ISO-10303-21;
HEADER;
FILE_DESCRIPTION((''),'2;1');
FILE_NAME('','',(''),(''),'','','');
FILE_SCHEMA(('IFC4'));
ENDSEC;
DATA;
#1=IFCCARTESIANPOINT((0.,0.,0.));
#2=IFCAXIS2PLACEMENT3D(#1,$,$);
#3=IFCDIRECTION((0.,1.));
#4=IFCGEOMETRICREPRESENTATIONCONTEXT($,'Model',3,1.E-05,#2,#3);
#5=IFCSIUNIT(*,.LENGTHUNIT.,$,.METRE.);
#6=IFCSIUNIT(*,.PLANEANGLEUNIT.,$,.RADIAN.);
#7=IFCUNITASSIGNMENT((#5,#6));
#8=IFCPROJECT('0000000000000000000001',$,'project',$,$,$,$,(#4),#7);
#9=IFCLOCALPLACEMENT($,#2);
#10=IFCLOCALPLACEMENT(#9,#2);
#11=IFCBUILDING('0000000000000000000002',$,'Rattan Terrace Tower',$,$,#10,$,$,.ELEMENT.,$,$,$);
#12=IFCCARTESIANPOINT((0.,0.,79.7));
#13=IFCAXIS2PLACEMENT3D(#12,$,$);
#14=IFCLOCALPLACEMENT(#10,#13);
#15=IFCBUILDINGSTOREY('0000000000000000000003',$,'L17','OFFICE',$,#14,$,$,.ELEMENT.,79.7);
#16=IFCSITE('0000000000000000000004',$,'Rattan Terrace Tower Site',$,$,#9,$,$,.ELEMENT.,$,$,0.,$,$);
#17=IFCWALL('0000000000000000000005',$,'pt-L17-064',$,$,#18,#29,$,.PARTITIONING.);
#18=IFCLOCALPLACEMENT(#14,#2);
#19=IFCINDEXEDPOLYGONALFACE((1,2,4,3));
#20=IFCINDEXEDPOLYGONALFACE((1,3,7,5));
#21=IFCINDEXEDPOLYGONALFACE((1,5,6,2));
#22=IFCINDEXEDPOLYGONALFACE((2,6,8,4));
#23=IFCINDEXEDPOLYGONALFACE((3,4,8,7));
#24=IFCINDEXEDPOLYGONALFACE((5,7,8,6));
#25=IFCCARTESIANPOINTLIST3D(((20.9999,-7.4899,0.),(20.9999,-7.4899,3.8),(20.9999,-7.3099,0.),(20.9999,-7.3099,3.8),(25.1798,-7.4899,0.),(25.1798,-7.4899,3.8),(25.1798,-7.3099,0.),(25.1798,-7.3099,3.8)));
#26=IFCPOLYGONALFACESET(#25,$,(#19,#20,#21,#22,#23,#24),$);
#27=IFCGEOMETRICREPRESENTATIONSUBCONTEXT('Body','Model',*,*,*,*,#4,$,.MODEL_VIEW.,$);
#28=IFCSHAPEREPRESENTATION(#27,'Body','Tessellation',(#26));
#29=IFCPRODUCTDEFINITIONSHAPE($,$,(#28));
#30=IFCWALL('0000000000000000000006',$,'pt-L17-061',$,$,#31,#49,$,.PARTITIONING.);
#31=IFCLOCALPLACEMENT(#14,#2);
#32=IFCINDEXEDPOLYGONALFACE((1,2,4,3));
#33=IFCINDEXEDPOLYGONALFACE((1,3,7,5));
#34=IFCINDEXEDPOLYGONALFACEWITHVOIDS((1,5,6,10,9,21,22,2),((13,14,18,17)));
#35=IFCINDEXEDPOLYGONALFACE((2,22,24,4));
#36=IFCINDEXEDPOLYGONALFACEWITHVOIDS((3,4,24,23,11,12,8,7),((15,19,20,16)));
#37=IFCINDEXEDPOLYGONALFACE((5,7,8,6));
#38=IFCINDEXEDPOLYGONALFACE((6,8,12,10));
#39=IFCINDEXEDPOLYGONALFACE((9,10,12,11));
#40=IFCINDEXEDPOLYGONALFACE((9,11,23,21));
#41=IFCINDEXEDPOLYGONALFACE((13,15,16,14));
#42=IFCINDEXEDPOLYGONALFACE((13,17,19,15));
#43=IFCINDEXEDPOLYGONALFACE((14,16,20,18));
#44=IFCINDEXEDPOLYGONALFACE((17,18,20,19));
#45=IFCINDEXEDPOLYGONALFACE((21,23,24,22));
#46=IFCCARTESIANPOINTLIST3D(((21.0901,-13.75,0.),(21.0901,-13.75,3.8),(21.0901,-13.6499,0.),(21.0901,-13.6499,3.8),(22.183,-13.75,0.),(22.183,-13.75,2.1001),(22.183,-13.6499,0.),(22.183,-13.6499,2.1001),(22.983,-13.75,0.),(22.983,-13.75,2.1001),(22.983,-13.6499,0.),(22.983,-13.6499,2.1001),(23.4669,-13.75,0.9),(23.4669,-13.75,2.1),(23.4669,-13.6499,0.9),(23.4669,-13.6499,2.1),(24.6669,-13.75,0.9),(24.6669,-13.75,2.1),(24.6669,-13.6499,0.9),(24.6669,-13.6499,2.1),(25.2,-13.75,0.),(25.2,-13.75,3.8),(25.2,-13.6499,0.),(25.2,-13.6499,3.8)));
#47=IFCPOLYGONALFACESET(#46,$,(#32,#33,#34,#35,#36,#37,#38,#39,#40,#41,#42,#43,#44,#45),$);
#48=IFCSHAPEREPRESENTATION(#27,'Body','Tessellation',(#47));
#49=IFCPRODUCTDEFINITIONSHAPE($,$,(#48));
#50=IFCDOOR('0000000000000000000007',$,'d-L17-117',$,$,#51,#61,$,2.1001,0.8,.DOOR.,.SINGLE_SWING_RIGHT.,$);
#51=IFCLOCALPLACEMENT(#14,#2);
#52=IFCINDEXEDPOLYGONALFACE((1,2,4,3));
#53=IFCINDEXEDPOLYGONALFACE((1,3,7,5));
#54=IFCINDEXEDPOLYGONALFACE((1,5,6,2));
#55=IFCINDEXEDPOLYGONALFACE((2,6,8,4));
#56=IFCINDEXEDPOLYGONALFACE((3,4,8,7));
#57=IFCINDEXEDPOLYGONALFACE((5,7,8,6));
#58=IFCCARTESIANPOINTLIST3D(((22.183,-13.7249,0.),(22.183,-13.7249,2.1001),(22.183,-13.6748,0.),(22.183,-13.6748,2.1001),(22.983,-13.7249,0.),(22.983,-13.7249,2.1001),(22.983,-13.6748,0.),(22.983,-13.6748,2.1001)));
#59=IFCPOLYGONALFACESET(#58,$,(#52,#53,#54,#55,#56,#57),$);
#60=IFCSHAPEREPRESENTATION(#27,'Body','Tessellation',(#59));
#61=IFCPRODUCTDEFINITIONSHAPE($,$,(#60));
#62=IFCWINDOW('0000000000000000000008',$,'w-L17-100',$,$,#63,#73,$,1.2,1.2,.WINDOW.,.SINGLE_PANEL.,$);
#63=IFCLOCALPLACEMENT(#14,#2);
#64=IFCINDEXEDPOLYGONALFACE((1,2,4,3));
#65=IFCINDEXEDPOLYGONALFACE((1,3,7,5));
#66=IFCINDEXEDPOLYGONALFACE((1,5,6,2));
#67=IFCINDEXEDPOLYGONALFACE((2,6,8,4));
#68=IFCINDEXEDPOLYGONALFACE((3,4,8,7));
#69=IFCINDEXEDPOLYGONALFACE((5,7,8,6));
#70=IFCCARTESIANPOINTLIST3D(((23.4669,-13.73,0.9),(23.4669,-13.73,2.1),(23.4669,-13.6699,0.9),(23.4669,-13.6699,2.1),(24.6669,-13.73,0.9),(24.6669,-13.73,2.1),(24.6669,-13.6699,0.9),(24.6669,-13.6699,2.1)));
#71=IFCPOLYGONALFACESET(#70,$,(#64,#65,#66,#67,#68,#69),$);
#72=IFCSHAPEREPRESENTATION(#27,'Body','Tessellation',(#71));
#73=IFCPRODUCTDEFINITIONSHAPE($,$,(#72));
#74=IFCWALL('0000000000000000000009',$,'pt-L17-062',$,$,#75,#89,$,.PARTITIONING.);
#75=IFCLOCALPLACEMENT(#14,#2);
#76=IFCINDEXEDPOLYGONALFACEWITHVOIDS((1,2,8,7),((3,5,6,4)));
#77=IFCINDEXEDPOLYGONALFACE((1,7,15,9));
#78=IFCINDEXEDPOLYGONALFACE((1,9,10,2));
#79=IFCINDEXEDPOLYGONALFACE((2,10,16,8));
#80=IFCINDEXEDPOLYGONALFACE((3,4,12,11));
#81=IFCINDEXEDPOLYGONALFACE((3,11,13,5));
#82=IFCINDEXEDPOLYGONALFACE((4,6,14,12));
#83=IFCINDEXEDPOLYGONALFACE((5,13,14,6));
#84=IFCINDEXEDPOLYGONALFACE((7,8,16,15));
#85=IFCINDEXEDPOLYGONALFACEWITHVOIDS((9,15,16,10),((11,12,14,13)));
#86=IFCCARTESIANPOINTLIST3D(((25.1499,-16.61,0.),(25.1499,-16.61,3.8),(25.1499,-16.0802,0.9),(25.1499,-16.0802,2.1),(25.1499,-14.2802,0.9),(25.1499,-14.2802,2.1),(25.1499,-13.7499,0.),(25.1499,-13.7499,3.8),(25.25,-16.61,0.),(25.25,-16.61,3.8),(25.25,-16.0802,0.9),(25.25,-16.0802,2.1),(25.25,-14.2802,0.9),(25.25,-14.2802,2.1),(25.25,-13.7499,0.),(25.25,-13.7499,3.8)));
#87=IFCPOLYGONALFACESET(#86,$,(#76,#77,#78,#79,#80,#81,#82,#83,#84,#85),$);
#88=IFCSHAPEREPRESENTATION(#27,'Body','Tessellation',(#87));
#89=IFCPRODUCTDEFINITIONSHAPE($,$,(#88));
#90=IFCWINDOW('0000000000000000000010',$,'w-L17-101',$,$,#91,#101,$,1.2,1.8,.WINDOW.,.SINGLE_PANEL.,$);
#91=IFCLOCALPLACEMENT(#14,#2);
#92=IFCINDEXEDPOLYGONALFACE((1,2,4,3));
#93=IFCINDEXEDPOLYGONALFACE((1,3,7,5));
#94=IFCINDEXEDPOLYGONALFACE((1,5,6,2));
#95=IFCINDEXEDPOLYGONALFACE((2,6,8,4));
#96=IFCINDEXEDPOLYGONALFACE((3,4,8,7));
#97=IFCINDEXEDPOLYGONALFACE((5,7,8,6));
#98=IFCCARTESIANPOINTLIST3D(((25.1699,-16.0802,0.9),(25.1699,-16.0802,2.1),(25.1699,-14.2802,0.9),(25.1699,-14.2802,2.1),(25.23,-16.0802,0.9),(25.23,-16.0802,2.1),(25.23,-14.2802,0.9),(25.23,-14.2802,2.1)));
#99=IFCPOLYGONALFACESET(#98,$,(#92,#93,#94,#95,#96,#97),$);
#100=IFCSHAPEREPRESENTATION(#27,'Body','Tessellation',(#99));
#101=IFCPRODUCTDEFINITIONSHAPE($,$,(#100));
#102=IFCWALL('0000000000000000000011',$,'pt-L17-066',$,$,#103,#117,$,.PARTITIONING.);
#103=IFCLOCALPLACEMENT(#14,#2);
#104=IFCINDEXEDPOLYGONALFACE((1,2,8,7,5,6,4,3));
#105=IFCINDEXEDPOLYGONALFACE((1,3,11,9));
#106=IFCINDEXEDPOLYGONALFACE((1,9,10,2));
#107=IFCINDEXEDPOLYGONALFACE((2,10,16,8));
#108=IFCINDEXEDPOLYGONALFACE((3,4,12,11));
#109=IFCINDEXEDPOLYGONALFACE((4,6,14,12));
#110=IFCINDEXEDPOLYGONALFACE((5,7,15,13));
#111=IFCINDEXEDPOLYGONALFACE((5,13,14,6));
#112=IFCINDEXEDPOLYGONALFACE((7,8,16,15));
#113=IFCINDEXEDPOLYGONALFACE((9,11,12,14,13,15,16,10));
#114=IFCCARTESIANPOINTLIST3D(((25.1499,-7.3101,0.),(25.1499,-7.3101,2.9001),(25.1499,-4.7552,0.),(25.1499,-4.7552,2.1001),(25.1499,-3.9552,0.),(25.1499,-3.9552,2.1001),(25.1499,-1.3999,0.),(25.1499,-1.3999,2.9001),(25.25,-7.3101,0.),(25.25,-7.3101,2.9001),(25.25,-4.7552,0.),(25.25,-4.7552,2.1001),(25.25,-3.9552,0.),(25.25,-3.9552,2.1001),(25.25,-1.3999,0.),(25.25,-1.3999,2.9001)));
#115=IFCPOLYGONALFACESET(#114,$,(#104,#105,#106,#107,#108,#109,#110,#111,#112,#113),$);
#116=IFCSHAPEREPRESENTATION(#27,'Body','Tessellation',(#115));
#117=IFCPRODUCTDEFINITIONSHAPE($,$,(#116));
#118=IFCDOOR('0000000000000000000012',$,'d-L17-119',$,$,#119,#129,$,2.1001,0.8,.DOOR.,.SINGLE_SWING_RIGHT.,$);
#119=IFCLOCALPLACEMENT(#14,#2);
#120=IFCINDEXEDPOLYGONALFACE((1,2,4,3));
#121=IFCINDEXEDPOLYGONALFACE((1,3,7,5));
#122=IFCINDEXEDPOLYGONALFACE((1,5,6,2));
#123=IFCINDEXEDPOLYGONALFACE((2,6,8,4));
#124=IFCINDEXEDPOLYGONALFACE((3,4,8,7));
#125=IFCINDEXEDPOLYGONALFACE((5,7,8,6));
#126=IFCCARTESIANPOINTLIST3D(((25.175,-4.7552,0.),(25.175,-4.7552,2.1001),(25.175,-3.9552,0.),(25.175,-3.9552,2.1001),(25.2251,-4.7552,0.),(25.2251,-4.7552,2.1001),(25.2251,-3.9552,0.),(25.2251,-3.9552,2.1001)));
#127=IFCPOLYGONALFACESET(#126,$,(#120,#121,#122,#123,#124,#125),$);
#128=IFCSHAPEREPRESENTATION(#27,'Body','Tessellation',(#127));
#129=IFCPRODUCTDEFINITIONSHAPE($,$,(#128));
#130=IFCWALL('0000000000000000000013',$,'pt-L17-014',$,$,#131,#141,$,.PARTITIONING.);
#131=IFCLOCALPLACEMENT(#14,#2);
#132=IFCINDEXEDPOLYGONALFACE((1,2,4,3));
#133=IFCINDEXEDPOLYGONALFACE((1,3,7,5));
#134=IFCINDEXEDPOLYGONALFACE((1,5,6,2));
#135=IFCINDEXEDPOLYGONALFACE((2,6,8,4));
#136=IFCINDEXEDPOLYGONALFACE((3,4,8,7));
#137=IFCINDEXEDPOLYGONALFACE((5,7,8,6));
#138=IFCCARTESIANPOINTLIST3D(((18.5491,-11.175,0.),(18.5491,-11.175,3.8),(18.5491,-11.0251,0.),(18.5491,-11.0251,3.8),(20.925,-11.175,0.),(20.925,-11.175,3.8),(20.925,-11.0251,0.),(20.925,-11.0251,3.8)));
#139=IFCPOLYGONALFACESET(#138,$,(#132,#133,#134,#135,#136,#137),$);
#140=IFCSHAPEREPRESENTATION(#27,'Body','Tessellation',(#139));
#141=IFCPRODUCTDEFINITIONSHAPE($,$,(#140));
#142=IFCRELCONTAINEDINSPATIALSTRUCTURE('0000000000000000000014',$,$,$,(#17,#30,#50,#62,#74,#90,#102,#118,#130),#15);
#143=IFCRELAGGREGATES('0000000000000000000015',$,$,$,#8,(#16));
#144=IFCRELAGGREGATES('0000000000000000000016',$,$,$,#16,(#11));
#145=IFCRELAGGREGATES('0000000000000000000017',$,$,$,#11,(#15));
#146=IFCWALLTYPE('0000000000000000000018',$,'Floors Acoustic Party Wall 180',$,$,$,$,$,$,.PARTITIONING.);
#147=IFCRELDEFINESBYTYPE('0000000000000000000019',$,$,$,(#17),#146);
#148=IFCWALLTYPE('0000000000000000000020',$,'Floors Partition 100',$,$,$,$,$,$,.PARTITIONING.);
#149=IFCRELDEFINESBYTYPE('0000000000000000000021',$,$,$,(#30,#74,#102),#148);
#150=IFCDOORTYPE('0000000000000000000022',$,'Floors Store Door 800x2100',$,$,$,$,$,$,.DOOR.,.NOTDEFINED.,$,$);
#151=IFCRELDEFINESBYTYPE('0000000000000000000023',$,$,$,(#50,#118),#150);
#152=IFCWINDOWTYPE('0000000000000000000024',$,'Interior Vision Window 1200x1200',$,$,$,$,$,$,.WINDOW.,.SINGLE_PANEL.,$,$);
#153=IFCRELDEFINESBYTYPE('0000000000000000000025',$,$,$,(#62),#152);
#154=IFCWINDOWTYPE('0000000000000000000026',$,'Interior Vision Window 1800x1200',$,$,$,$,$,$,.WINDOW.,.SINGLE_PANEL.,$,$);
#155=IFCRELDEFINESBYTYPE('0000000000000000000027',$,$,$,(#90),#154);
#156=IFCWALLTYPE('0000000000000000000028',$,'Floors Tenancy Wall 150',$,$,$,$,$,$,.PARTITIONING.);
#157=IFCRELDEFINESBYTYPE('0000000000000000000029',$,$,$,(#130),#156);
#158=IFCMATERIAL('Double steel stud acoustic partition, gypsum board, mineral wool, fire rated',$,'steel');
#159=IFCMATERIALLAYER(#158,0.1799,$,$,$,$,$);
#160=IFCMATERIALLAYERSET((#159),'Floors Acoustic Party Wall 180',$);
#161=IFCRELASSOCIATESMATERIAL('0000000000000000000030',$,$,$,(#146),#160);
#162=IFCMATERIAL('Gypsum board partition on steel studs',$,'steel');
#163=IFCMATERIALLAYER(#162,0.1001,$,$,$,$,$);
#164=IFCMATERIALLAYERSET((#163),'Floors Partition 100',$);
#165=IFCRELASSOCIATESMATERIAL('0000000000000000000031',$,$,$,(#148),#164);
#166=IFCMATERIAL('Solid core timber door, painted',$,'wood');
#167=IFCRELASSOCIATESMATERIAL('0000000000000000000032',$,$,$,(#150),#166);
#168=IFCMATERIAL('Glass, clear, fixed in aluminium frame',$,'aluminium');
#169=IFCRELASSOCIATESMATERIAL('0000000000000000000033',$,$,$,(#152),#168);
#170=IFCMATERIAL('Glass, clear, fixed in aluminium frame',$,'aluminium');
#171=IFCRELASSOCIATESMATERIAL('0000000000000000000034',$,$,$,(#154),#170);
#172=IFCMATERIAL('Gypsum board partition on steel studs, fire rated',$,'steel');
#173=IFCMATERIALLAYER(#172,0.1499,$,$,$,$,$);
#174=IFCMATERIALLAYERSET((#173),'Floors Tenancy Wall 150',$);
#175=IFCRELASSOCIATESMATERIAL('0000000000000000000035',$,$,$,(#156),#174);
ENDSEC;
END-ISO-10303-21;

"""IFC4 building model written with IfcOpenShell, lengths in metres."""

from ifc_helpers import new_model, si_unit, direction, frame, frame_2d, origin, place, context, subcontext, project, spatial, rectangle, extrude, material, layer, layer_set, type_object, element, fill, save


model = new_model("IFC4")

# Units and contexts
model_context = context("Model", 3, precision=1e-05, world=origin(), true_north=direction((0.0, 1.0)))
body_context = subcontext(model_context, "Body", "Model", "MODEL_VIEW")
ifc_project = project(units=[si_unit("LENGTHUNIT", "METRE"), si_unit("PLANEANGLEUNIT", "RADIAN")], contexts=[model_context])

# Site, building, storey
site_placement = place(None, origin())
site = spatial("IfcSite", under=ifc_project, at=site_placement, Name="Rattan Terrace Tower Site", CompositionType="ELEMENT", RefElevation=0.0)
building_placement = place(site_placement, origin())
building = spatial("IfcBuilding", under=site, at=building_placement, Name="Rattan Terrace Tower", CompositionType="ELEMENT")
storey_placement = place(building_placement, frame((0.0, 0.0, 79.7)))
storey = spatial("IfcBuildingStorey", under=building, at=storey_placement, Name="L17", Description="OFFICE", CompositionType="ELEMENT", Elevation=79.7)

# Wall
ifc_material_1 = material(Name="Double steel stud acoustic partition, gypsum board, mineral wool, fire rated", Category="steel")
ifc_layer_1 = layer(ifc_material_1, 0.1799)
ifc_layer_set_1 = layer_set([ifc_layer_1], Name="Floors Acoustic Party Wall 180")
wall_type_1 = type_object("IfcWallType", Name="Floors Acoustic Party Wall 180", PredefinedType="PARTITIONING", material=ifc_layer_set_1)
wall_1_placement = place(storey_placement, frame((21.0, -7.3999, 0.0), z_axis=(0.0, 0.0, 1.0), x_axis=(1.0, 0.0, 0.0)))
element("IfcWall", 1, at=wall_1_placement, inside=storey, type_object=wall_type_1, Name="pt-L17-064", PredefinedType="PARTITIONING", context=body_context, shape_type="SweptSolid", body=[
    extrude(rectangle(XDim=4.1799, YDim=0.1799, at=frame_2d((2.0898, 0.0))), origin(), (0.0, 0.0, 1.0), 3.8),
])

# Wall, openings, door, window
ifc_material_2 = material(Name="Gypsum board partition on steel studs", Category="steel")
ifc_layer_2 = layer(ifc_material_2, 0.1001)
ifc_layer_set_2 = layer_set([ifc_layer_2], Name="Floors Partition 100")
wall_type_2 = type_object("IfcWallType", Name="Floors Partition 100", PredefinedType="PARTITIONING", material=ifc_layer_set_2)
wall_2_placement = place(storey_placement, frame((25.2, -13.7, 0.0), z_axis=(0.0, 0.0, 1.0), x_axis=(-1.0, 0.0, 0.0)))
wall_2 = element("IfcWall", 2, at=wall_2_placement, inside=storey, type_object=wall_type_2, Name="pt-L17-061", PredefinedType="PARTITIONING", context=body_context, shape_type="SweptSolid", body=[
    extrude(rectangle(XDim=4.1099, YDim=0.1001, at=frame_2d((2.0549, 0.0))), origin(), (0.0, 0.0, 1.0), 3.8),
])
opening_1_placement = place(wall_2_placement, frame((2.217, 0.0, 0.0)))
opening_1 = element("IfcOpeningElement", 3, at=opening_1_placement, cuts=wall_2, PredefinedType="OPENING", context=body_context, shape_type="SweptSolid", body=[
    extrude(rectangle(XDim=0.8, YDim=2.1001, at=frame_2d((0.3999, 1.05))), frame((0.0, 0.0605, 0.0), z_axis=(0.0, -1.0, 0.0), x_axis=(1.0, 0.0, 0.0)), (0.0, 0.0, 1.0), 0.1211),
])
opening_2_placement = place(wall_2_placement, frame((0.533, 0.0, 0.8999)))
opening_2 = element("IfcOpeningElement", 4, at=opening_2_placement, cuts=wall_2, PredefinedType="OPENING", context=body_context, shape_type="SweptSolid", body=[
    extrude(rectangle(XDim=1.2, YDim=1.2, at=frame_2d((0.6001, 0.6001))), frame((0.0, 0.0605, 0.0), z_axis=(0.0, -1.0, 0.0), x_axis=(1.0, 0.0, 0.0)), (0.0, 0.0, 1.0), 0.1211),
])
ifc_material_3 = material(Name="Solid core timber door, painted", Category="wood")
door_type_1 = type_object("IfcDoorType", Name="Floors Store Door 800x2100", OperationType="NOTDEFINED", PredefinedType="DOOR", material=ifc_material_3)
door_1_placement = place(opening_1_placement, origin())
door_1 = element("IfcDoor", 5, at=door_1_placement, inside=storey, type_object=door_type_1, Name="d-L17-117", OperationType="SINGLE_SWING_RIGHT", OverallHeight=2.1001, OverallWidth=0.8, PredefinedType="DOOR", context=body_context, shape_type="SweptSolid", body=[
    extrude(rectangle(XDim=0.8, YDim=2.1001, at=frame_2d((0.3999, 1.05))), frame((0.0, 0.0249, 0.0), z_axis=(0.0, -1.0, 0.0), x_axis=(1.0, 0.0, 0.0)), (0.0, 0.0, 1.0), 0.05),
])
fill(opening_1, door_1)
ifc_material_4 = material(Name="Glass, clear, fixed in aluminium frame", Category="aluminium")
window_type_1 = type_object("IfcWindowType", Name="Interior Vision Window 1200x1200", PartitioningType="SINGLE_PANEL", PredefinedType="WINDOW", material=ifc_material_4)
window_1_placement = place(opening_2_placement, origin())
window_1 = element("IfcWindow", 6, at=window_1_placement, inside=storey, type_object=window_type_1, Name="w-L17-100", OverallHeight=1.2, OverallWidth=1.2, PartitioningType="SINGLE_PANEL", PredefinedType="WINDOW", context=body_context, shape_type="SweptSolid", body=[
    extrude(rectangle(XDim=1.2, YDim=1.2, at=frame_2d((0.6001, 0.6001))), frame((0.0, 0.03, 0.0), z_axis=(0.0, -1.0, 0.0), x_axis=(1.0, 0.0, 0.0)), (0.0, 0.0, 1.0), 0.0601),
])
fill(opening_2, window_1)

# Wall, opening, window
wall_3_placement = place(storey_placement, frame((25.2, -16.6101, 0.0), z_axis=(0.0, 0.0, 1.0), x_axis=(0.0, 1.0, 0.0)))
wall_3 = element("IfcWall", 7, at=wall_3_placement, inside=storey, type_object=wall_type_2, Name="pt-L17-062", PredefinedType="PARTITIONING", context=body_context, shape_type="SweptSolid", body=[
    extrude(rectangle(XDim=2.8601, YDim=0.1001, at=frame_2d((1.4302, 0.0))), origin(), (0.0, 0.0, 1.0), 3.8),
])
opening_3_placement = place(wall_3_placement, frame((0.53, 0.0, 0.8999)))
opening_3 = element("IfcOpeningElement", 8, at=opening_3_placement, cuts=wall_3, PredefinedType="OPENING", context=body_context, shape_type="SweptSolid", body=[
    extrude(rectangle(XDim=1.8, YDim=1.2, at=frame_2d((0.8999, 0.6001))), frame((0.0, 0.0605, 0.0), z_axis=(0.0, -1.0, 0.0), x_axis=(1.0, 0.0, 0.0)), (0.0, 0.0, 1.0), 0.1211),
])
ifc_material_5 = material(Name="Glass, clear, fixed in aluminium frame", Category="aluminium")
window_type_2 = type_object("IfcWindowType", Name="Interior Vision Window 1800x1200", PartitioningType="SINGLE_PANEL", PredefinedType="WINDOW", material=ifc_material_5)
window_2_placement = place(opening_3_placement, origin())
window_2 = element("IfcWindow", 9, at=window_2_placement, inside=storey, type_object=window_type_2, Name="w-L17-101", OverallHeight=1.2, OverallWidth=1.8, PartitioningType="SINGLE_PANEL", PredefinedType="WINDOW", context=body_context, shape_type="SweptSolid", body=[
    extrude(rectangle(XDim=1.8, YDim=1.2, at=frame_2d((0.8999, 0.6001))), frame((0.0, 0.03, 0.0), z_axis=(0.0, -1.0, 0.0), x_axis=(1.0, 0.0, 0.0)), (0.0, 0.0, 1.0), 0.0601),
])
fill(opening_3, window_2)

# Wall, opening, door
wall_4_placement = place(storey_placement, frame((25.2, -7.3101, 0.0), z_axis=(0.0, 0.0, 1.0), x_axis=(0.0, 1.0, 0.0)))
wall_4 = element("IfcWall", 10, at=wall_4_placement, inside=storey, type_object=wall_type_2, Name="pt-L17-066", PredefinedType="PARTITIONING", context=body_context, shape_type="SweptSolid", body=[
    extrude(rectangle(XDim=5.9102, YDim=0.1001, at=frame_2d((2.9551, 0.0))), origin(), (0.0, 0.0, 1.0), 2.9001),
])
opening_4_placement = place(wall_4_placement, frame((2.5549, 0.0, 0.0)))
opening_4 = element("IfcOpeningElement", 11, at=opening_4_placement, cuts=wall_4, PredefinedType="OPENING", context=body_context, shape_type="SweptSolid", body=[
    extrude(rectangle(XDim=0.8, YDim=2.1001, at=frame_2d((0.3999, 1.05))), frame((0.0, 0.0605, 0.0), z_axis=(0.0, -1.0, 0.0), x_axis=(1.0, 0.0, 0.0)), (0.0, 0.0, 1.0), 0.1211),
])
door_2_placement = place(opening_4_placement, origin())
door_2 = element("IfcDoor", 12, at=door_2_placement, inside=storey, type_object=door_type_1, Name="d-L17-119", OperationType="SINGLE_SWING_RIGHT", OverallHeight=2.1001, OverallWidth=0.8, PredefinedType="DOOR", context=body_context, shape_type="SweptSolid", body=[
    extrude(rectangle(XDim=0.8, YDim=2.1001, at=frame_2d((0.3999, 1.05))), frame((0.0, 0.0249, 0.0), z_axis=(0.0, -1.0, 0.0), x_axis=(1.0, 0.0, 0.0)), (0.0, 0.0, 1.0), 0.05),
])
fill(opening_4, door_2)

# Wall
ifc_material_6 = material(Name="Gypsum board partition on steel studs, fire rated", Category="steel")
ifc_layer_3 = layer(ifc_material_6, 0.1499)
ifc_layer_set_3 = layer_set([ifc_layer_3], Name="Floors Tenancy Wall 150")
wall_type_3 = type_object("IfcWallType", Name="Floors Tenancy Wall 150", PredefinedType="PARTITIONING", material=ifc_layer_set_3)
wall_5_placement = place(storey_placement, frame((20.925, -11.1001, 0.0), z_axis=(0.0, 0.0, 1.0), x_axis=(-1.0, 0.0, 0.0)))
element("IfcWall", 13, at=wall_5_placement, inside=storey, type_object=wall_type_3, Name="pt-L17-014", PredefinedType="PARTITIONING", context=body_context, shape_type="SweptSolid", body=[
    extrude(rectangle(XDim=2.376, YDim=0.1499, at=frame_2d((1.188, 0.0))), origin(), (0.0, 0.0, 1.0), 3.8),
])

save(model, "model.ifc")
